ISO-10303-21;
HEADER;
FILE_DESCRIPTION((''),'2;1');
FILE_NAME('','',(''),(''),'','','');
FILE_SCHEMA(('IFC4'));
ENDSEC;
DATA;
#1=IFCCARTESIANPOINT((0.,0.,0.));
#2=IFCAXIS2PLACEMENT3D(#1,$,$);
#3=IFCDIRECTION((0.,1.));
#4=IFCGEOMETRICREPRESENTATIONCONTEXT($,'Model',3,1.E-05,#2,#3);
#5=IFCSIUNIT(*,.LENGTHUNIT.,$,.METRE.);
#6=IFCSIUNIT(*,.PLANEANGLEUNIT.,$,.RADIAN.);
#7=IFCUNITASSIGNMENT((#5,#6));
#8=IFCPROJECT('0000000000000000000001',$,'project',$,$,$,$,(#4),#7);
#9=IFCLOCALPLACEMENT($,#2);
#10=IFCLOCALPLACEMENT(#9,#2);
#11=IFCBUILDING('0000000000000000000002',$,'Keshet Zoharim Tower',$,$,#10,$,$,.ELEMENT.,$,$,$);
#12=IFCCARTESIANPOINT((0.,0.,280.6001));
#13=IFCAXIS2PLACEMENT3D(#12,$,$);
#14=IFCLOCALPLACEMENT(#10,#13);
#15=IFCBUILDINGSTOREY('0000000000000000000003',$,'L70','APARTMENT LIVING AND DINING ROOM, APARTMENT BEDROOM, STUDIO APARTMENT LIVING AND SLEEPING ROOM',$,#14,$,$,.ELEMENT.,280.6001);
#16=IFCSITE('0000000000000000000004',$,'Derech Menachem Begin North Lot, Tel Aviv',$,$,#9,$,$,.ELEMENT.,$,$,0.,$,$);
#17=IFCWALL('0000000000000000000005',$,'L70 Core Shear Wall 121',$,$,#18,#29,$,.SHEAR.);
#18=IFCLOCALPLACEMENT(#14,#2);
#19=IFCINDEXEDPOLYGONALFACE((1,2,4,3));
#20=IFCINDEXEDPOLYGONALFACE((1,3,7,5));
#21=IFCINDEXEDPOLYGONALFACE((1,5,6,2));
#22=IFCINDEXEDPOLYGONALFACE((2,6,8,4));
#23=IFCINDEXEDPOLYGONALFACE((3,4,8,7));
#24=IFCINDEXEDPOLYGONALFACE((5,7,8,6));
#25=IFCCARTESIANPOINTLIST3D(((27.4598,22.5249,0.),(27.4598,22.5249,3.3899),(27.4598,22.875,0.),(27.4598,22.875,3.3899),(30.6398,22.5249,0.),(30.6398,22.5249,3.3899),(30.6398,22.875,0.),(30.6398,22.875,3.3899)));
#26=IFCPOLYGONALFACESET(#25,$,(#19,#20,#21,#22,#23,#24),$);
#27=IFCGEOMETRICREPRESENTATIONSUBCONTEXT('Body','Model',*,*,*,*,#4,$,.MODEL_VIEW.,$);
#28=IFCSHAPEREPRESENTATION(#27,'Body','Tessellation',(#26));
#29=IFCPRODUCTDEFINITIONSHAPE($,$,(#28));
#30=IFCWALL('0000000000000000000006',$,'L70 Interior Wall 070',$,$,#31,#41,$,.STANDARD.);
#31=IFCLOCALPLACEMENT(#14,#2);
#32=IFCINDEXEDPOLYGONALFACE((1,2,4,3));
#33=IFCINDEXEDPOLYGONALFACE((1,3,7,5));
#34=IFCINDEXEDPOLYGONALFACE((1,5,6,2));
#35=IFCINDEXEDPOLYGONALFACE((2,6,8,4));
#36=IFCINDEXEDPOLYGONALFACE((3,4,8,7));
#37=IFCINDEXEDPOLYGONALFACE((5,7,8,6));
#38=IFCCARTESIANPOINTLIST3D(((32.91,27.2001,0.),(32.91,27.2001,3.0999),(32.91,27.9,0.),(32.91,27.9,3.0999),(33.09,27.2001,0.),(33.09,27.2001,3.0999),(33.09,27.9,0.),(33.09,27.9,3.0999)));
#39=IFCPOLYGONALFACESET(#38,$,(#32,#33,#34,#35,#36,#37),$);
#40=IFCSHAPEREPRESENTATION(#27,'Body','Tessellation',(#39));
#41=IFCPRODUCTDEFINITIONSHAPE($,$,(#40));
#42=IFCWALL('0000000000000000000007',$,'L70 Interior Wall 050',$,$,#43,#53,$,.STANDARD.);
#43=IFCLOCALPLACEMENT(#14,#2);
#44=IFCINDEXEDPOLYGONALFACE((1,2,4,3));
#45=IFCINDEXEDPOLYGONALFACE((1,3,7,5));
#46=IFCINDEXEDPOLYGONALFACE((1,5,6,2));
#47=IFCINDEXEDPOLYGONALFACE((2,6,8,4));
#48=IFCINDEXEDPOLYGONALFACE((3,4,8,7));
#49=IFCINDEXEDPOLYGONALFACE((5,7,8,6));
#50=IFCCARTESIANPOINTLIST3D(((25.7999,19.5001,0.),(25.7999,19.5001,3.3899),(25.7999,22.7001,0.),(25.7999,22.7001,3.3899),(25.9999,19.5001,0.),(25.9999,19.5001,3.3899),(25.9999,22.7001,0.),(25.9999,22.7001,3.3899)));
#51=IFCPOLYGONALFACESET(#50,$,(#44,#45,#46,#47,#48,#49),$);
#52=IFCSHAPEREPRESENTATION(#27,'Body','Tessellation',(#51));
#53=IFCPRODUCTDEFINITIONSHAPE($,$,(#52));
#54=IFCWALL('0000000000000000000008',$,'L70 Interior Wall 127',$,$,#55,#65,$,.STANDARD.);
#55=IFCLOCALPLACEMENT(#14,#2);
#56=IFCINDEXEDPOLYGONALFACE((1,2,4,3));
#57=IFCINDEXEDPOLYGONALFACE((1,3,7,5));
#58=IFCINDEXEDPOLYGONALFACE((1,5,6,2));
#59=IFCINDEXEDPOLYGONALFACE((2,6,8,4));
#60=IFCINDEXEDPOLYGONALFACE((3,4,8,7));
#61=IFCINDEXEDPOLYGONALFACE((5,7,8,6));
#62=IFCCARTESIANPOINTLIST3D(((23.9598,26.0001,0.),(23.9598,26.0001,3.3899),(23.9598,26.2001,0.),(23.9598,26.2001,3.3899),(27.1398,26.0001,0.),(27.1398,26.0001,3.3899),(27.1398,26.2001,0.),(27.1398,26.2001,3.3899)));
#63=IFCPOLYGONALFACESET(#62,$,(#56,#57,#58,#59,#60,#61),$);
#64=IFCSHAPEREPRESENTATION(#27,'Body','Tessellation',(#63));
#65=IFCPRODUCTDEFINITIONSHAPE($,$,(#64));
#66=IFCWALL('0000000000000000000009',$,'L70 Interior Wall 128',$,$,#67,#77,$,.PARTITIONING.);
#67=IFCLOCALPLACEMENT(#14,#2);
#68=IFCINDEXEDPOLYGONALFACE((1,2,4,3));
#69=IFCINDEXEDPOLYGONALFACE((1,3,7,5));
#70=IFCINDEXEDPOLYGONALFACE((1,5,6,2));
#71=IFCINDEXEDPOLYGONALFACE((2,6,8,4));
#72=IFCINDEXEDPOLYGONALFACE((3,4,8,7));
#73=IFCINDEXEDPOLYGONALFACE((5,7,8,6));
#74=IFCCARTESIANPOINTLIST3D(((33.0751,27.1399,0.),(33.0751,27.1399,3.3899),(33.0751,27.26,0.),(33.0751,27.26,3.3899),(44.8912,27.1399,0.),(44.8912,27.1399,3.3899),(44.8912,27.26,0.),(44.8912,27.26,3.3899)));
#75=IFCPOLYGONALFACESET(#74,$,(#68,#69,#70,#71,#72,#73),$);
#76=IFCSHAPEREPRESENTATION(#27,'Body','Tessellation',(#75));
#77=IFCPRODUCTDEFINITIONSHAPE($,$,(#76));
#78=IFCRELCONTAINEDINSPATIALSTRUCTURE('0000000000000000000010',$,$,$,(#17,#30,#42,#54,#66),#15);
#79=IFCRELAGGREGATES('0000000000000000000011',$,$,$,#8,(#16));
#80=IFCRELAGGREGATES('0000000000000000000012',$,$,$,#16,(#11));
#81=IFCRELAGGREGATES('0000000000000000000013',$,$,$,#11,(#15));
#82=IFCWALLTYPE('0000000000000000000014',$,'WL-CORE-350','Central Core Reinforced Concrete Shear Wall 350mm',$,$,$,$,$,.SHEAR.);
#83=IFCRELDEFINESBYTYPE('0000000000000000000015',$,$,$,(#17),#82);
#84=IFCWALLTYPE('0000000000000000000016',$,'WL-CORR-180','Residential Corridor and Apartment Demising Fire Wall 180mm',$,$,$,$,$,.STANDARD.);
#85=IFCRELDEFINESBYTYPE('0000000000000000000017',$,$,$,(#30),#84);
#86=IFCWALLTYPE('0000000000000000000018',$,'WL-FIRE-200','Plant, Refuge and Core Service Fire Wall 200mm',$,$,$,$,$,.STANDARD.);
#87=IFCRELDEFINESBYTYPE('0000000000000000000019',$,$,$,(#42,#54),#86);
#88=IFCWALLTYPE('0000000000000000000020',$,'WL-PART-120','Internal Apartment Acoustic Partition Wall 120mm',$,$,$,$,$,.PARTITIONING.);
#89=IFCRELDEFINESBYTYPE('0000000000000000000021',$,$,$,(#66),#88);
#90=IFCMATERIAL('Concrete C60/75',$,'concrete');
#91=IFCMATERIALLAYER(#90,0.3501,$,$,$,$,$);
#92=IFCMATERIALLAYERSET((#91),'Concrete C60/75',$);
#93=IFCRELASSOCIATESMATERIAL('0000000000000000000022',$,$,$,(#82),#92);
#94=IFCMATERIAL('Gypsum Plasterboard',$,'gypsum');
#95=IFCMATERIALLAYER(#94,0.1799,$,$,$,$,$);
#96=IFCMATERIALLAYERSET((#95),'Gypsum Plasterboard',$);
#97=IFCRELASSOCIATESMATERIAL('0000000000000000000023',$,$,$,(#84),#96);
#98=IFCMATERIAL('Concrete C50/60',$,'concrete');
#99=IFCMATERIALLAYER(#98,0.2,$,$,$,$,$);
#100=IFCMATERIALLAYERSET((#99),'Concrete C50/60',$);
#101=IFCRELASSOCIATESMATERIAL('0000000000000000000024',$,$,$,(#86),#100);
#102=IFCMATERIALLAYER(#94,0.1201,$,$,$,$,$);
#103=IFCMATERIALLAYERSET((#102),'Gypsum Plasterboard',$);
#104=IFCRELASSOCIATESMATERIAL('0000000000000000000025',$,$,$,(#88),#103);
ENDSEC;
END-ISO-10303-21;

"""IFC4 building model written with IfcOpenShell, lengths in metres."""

from ifc_helpers import new_model, si_unit, direction, frame, frame_2d, origin, place, context, subcontext, project, spatial, rectangle, extrude, material, layer, layer_set, type_object, element, save


model = new_model("IFC4")

# Units and contexts
model_context = context("Model", 3, precision=1e-05, world=origin(), true_north=direction((0.0, 1.0)))
body_context = subcontext(model_context, "Body", "Model", "MODEL_VIEW")
ifc_project = project(units=[si_unit("LENGTHUNIT", "METRE"), si_unit("PLANEANGLEUNIT", "RADIAN")], contexts=[model_context])

# Site, building, storey
site_placement = place(None, origin())
site = spatial("IfcSite", under=ifc_project, at=site_placement, Name="Derech Menachem Begin North Lot, Tel Aviv", CompositionType="ELEMENT", RefElevation=0.0)
building_placement = place(site_placement, origin())
building = spatial("IfcBuilding", under=site, at=building_placement, Name="Keshet Zoharim Tower", CompositionType="ELEMENT")
storey_placement = place(building_placement, frame((0.0, 0.0, 280.6001)))
storey = spatial("IfcBuildingStorey", under=building, at=storey_placement, Name="L70", Description="APARTMENT LIVING AND DINING ROOM, APARTMENT BEDROOM, STUDIO APARTMENT LIVING AND SLEEPING ROOM", CompositionType="ELEMENT", Elevation=280.6001)

# Shared definitions
ifc_material_1 = material(Name="Concrete C50/60", Category="concrete")

# Shared definitions
ifc_material_2 = material(Name="Gypsum Plasterboard", Category="gypsum")

# Shared definitions
ifc_material_3 = material(Name="Concrete C60/75", Category="concrete")
ifc_layer_1 = layer(ifc_material_3, 0.3501)
ifc_layer_set_1 = layer_set([ifc_layer_1], Name="Concrete C60/75")
wall_type_1 = type_object("IfcWallType", Name="WL-CORE-350", Description="Central Core Reinforced Concrete Shear Wall 350mm", PredefinedType="SHEAR", material=ifc_layer_set_1)

# Wall
wall_1_placement = place(storey_placement, frame((27.46, 22.7, 0.0), z_axis=(0.0, 0.0, 1.0), x_axis=(1.0, 0.0, 0.0)))
element("IfcWall", 1, at=wall_1_placement, inside=storey, type_object=wall_type_1, Name="L70 Core Shear Wall 121", PredefinedType="SHEAR", context=body_context, shape_type="SweptSolid", body=[
    extrude(rectangle(XDim=3.1799, YDim=0.3501, at=frame_2d((1.5898, 0.0))), origin(), (0.0, 0.0, 1.0), 3.3899),
])

# Walls
ifc_layer_2 = layer(ifc_material_2, 0.1799)
ifc_layer_set_2 = layer_set([ifc_layer_2], Name="Gypsum Plasterboard")
wall_type_2 = type_object("IfcWallType", Name="WL-CORR-180", Description="Residential Corridor and Apartment Demising Fire Wall 180mm", PredefinedType="STANDARD", material=ifc_layer_set_2)
wall_2_placement = place(storey_placement, frame((33.0, 27.2, 0.0), z_axis=(0.0, 0.0, 1.0), x_axis=(0.0, 1.0, 0.0)))
element("IfcWall", 2, at=wall_2_placement, inside=storey, type_object=wall_type_2, Name="L70 Interior Wall 070", PredefinedType="STANDARD", context=body_context, shape_type="SweptSolid", body=[
    extrude(rectangle(XDim=0.7, YDim=0.1799, at=frame_2d((0.3501, 0.0))), origin(), (0.0, 0.0, 1.0), 3.0999),
])
ifc_layer_3 = layer(ifc_material_1, 0.2)
ifc_layer_set_3 = layer_set([ifc_layer_3], Name="Concrete C50/60")
wall_type_3 = type_object("IfcWallType", Name="WL-FIRE-200", Description="Plant, Refuge and Core Service Fire Wall 200mm", PredefinedType="STANDARD", material=ifc_layer_set_3)
wall_3_placement = place(storey_placement, frame((25.8999, 19.5, 0.0), z_axis=(0.0, 0.0, 1.0), x_axis=(0.0, 1.0, 0.0)))
element("IfcWall", 3, at=wall_3_placement, inside=storey, type_object=wall_type_3, Name="L70 Interior Wall 050", PredefinedType="STANDARD", context=body_context, shape_type="SweptSolid", body=[
    extrude(rectangle(XDim=3.2, YDim=0.2, at=frame_2d((1.6001, 0.0))), origin(), (0.0, 0.0, 1.0), 3.3899),
])

# Walls
wall_4_placement = place(storey_placement, frame((23.96, 26.1001, 0.0), z_axis=(0.0, 0.0, 1.0), x_axis=(1.0, 0.0, 0.0)))
element("IfcWall", 4, at=wall_4_placement, inside=storey, type_object=wall_type_3, Name="L70 Interior Wall 127", PredefinedType="STANDARD", context=body_context, shape_type="SweptSolid", body=[
    extrude(rectangle(XDim=3.1799, YDim=0.2, at=frame_2d((1.5898, 0.0))), origin(), (0.0, 0.0, 1.0), 3.3899),
])
ifc_layer_4 = layer(ifc_material_2, 0.1201)
ifc_layer_set_4 = layer_set([ifc_layer_4], Name="Gypsum Plasterboard")
wall_type_4 = type_object("IfcWallType", Name="WL-PART-120", Description="Internal Apartment Acoustic Partition Wall 120mm", PredefinedType="PARTITIONING", material=ifc_layer_set_4)
wall_5_placement = place(storey_placement, frame((33.075, 27.2, 0.0), z_axis=(0.0, 0.0, 1.0), x_axis=(1.0, 0.0, 0.0)))
element("IfcWall", 5, at=wall_5_placement, inside=storey, type_object=wall_type_4, Name="L70 Interior Wall 128", PredefinedType="PARTITIONING", context=body_context, shape_type="SweptSolid", body=[
    extrude(rectangle(XDim=11.8162, YDim=0.1201, at=frame_2d((5.9082, 0.0))), origin(), (0.0, 0.0, 1.0), 3.3899),
])

save(model, "model.ifc")
